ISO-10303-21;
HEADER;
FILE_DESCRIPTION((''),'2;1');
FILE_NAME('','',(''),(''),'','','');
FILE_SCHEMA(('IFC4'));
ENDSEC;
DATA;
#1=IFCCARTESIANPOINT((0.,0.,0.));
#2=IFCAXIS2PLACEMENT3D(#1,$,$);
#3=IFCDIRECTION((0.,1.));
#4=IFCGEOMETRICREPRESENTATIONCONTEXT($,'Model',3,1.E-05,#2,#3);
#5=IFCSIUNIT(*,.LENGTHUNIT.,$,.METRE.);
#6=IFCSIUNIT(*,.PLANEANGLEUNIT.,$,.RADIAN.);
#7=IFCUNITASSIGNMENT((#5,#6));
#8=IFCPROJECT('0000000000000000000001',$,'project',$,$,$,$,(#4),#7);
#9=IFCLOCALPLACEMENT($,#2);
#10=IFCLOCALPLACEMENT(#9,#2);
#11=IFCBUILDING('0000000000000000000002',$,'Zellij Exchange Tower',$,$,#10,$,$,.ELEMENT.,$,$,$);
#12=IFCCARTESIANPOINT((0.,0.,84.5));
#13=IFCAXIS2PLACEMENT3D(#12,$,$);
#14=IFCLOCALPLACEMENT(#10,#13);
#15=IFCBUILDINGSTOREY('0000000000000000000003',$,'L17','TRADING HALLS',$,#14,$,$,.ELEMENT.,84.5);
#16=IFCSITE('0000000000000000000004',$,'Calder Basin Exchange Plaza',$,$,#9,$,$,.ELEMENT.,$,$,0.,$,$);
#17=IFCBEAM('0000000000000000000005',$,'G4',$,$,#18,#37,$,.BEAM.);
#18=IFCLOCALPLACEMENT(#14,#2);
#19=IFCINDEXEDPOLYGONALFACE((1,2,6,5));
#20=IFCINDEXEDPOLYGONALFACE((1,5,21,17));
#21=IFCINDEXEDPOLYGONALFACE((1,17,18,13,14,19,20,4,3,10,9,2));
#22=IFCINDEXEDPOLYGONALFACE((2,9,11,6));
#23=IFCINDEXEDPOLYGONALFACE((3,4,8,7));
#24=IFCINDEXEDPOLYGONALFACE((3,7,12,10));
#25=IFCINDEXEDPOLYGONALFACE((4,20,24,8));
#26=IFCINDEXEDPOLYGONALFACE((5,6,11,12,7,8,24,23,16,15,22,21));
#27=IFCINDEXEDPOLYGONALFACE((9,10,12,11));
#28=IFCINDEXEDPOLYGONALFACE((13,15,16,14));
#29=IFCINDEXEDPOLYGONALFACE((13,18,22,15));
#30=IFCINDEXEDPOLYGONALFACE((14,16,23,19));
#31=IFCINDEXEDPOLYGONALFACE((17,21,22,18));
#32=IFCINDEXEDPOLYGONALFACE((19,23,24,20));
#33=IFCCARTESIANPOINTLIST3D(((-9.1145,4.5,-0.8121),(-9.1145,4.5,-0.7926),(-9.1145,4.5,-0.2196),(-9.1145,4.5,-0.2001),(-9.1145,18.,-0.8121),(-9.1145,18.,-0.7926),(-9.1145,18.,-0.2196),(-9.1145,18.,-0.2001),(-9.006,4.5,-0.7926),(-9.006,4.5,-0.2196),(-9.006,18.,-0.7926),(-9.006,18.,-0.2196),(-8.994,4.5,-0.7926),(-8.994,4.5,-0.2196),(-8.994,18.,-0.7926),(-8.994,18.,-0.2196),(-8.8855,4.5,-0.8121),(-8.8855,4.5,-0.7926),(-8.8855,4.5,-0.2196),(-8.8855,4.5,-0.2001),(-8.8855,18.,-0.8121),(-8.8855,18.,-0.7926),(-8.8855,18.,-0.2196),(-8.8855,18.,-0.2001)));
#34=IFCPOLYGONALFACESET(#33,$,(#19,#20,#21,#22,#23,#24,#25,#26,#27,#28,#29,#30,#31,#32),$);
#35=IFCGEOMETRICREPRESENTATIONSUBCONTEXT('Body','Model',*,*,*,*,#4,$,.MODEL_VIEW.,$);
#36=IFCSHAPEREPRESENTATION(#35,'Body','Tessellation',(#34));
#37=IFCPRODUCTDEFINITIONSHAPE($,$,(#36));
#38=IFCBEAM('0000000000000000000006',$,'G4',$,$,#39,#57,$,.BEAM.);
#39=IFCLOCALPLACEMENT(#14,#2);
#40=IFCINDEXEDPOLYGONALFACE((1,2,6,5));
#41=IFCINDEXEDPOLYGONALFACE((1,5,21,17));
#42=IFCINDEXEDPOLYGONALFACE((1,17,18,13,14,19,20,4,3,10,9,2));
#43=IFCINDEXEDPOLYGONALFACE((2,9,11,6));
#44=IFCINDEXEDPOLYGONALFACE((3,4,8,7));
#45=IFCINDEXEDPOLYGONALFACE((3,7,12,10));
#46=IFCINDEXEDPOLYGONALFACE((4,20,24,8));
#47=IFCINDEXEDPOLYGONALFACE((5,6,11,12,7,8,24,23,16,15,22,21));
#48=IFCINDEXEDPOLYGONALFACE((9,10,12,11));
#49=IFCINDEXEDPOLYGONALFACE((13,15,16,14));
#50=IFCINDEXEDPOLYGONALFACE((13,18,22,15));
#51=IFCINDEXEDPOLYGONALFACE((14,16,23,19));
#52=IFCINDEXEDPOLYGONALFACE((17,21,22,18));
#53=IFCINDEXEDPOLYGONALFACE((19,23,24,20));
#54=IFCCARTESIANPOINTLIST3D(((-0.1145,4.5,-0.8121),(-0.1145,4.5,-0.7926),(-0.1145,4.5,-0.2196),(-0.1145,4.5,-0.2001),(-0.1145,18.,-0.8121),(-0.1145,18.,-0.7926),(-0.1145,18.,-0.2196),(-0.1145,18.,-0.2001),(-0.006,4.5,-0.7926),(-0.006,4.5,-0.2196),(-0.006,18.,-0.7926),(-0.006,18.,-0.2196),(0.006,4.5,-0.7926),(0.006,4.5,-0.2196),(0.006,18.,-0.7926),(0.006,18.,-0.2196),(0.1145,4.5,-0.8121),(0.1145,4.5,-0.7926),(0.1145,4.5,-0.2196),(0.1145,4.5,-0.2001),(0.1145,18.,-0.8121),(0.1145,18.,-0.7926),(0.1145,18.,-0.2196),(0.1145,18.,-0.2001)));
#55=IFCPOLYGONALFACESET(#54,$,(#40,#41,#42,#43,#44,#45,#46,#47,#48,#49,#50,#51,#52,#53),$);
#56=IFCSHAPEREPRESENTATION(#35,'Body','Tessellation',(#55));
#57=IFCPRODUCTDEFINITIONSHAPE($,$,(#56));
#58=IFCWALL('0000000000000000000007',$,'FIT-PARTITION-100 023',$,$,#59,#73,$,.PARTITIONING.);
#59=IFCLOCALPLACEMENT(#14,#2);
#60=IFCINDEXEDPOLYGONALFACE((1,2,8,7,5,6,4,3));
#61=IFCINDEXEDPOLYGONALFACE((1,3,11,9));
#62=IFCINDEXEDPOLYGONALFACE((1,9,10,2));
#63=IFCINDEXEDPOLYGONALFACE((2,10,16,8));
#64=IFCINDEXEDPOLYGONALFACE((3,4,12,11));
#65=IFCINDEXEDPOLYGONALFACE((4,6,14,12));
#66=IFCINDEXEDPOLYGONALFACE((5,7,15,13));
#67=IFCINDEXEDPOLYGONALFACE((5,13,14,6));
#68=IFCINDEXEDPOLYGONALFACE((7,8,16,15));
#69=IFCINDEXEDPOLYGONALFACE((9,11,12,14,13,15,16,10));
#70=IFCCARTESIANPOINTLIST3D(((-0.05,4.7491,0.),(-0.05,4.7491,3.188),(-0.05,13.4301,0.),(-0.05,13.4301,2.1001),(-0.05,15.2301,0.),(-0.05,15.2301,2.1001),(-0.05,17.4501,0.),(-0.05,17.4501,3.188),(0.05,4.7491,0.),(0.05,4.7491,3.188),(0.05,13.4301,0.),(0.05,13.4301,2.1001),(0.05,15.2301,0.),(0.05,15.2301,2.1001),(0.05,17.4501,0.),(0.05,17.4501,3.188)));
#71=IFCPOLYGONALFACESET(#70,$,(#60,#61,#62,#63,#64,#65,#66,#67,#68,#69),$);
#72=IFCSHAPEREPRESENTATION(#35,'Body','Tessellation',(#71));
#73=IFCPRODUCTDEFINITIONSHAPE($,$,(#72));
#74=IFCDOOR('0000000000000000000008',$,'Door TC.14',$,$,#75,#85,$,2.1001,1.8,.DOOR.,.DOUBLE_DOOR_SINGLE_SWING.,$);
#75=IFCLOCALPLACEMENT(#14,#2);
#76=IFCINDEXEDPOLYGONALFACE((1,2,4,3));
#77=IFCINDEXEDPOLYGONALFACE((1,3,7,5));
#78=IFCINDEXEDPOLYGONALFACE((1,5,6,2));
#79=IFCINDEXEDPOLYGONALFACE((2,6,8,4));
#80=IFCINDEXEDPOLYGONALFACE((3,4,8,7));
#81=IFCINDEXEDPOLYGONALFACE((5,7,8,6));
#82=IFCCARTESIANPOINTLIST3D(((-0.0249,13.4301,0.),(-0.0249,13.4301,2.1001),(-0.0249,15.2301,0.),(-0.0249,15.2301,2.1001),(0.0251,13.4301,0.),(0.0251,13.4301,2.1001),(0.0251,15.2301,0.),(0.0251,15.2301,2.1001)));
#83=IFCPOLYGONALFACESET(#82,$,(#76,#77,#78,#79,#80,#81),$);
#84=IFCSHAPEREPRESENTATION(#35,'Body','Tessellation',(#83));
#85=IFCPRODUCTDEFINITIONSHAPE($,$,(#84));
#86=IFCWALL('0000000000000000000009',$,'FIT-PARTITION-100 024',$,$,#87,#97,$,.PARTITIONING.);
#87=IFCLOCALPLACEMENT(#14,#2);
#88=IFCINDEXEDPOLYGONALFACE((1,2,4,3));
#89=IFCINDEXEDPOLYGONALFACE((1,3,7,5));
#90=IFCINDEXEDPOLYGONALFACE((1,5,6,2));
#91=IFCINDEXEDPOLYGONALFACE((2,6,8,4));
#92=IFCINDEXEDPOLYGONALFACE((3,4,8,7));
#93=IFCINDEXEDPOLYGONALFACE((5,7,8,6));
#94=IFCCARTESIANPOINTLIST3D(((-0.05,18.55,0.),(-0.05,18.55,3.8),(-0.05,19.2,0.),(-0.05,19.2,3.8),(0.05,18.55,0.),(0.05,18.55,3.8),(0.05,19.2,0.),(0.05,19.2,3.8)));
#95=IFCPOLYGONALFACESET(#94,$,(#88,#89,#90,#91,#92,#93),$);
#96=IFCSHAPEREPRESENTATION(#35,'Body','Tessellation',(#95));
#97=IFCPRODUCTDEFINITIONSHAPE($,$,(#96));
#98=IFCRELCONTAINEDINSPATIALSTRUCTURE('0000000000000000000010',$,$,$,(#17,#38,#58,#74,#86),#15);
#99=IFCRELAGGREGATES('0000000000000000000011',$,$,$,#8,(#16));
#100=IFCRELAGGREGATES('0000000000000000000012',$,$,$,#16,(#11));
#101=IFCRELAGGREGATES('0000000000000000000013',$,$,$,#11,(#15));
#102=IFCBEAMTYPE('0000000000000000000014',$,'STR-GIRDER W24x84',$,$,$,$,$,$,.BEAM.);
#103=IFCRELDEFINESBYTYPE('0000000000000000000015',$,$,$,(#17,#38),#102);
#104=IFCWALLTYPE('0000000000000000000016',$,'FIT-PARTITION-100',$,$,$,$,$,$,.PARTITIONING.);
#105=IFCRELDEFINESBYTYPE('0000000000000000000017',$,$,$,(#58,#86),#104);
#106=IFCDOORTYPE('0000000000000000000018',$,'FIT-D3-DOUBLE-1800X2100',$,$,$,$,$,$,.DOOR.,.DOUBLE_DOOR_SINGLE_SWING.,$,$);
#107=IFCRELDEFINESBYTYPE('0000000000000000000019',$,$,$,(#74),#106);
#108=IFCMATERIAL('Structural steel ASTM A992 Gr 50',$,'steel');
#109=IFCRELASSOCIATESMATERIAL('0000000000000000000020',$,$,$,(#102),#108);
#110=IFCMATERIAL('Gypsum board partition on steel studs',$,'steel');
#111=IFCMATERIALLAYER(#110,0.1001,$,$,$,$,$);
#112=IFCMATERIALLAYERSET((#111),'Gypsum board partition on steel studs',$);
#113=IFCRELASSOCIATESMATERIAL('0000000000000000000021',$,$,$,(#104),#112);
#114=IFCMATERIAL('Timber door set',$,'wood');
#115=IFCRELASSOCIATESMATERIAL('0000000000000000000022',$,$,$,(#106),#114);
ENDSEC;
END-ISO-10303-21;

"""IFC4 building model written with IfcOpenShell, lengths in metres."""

from ifc_helpers import new_model, si_unit, direction, frame, frame_2d, origin, origin_2d, place, context, subcontext, project, spatial, rectangle, i_section, extrude, material, layer, layer_set, material_profile, profile_set, type_object, element, fill, save


model = new_model("IFC4")

# Units and contexts
model_context = context("Model", 3, precision=1e-05, world=origin(), true_north=direction((0.0, 1.0)))
body_context = subcontext(model_context, "Body", "Model", "MODEL_VIEW")
ifc_project = project(units=[si_unit("LENGTHUNIT", "METRE"), si_unit("PLANEANGLEUNIT", "RADIAN")], contexts=[model_context])

# Site, building, storey
site_placement = place(None, origin())
site = spatial("IfcSite", under=ifc_project, at=site_placement, Name="Calder Basin Exchange Plaza", CompositionType="ELEMENT", RefElevation=0.0)
building_placement = place(site_placement, origin())
building = spatial("IfcBuilding", under=site, at=building_placement, Name="Zellij Exchange Tower", CompositionType="ELEMENT")
storey_placement = place(building_placement, frame((0.0, 0.0, 84.5)))
storey = spatial("IfcBuildingStorey", under=building, at=storey_placement, Name="L17", Description="TRADING HALLS", CompositionType="ELEMENT", Elevation=84.5)

# Beams
ifc_material_1 = material(Name="Structural steel ASTM A992 Gr 50", Category="steel")
ifc_material_profile_1 = material_profile(ifc_material_1, i_section(OverallWidth=0.229, OverallDepth=0.6121, WebThickness=0.012, FlangeThickness=0.0195, at=origin_2d()), Name="W24x84")
ifc_profile_set_1 = profile_set([ifc_material_profile_1], Name="Structural steel ASTM A992 Gr 50")
beam_type = type_object("IfcBeamType", Name="STR-GIRDER W24x84", PredefinedType="BEAM", material=ifc_profile_set_1)
for number, where, z_axis, x_axis, name in (
    (1, (-9.0, 4.5, -0.5061), (0.0, 1.0, 0.0), (-1.0, 0.0, 0.0), "G4"),
    (2, (0.0, 4.5, -0.5061), (0.0, 1.0, 0.0), (-1.0, 0.0, 0.0), "G4"),
):
    element("IfcBeam", number, at=place(storey_placement, frame(where, z_axis=z_axis, x_axis=x_axis)), inside=storey, type_object=beam_type, Name=name, PredefinedType="BEAM", context=body_context, shape_type="SweptSolid", body=[
        extrude(i_section(OverallWidth=0.229, OverallDepth=0.6121, WebThickness=0.012, FlangeThickness=0.0195, at=origin_2d()), origin(), (0.0, 0.0, 1.0), 13.5),
    ])

# Wall, opening, door
ifc_material_2 = material(Name="Gypsum board partition on steel studs", Category="steel")
ifc_layer_1 = layer(ifc_material_2, 0.1001)
ifc_layer_set_1 = layer_set([ifc_layer_1], Name="Gypsum board partition on steel studs")
wall_type = type_object("IfcWallType", Name="FIT-PARTITION-100", PredefinedType="PARTITIONING", material=ifc_layer_set_1)
wall_1_placement = place(storey_placement, frame((0.0, 4.749, 0.0), z_axis=(0.0, 0.0, 1.0), x_axis=(0.0, 1.0, 0.0)))
wall_1 = element("IfcWall", 3, at=wall_1_placement, inside=storey, type_object=wall_type, Name="FIT-PARTITION-100 023", PredefinedType="PARTITIONING", context=body_context, shape_type="SweptSolid", body=[
    extrude(rectangle(XDim=12.7009, YDim=0.1001, at=frame_2d((6.3506, 0.0))), origin(), (0.0, 0.0, 1.0), 3.188),
])
opening_placement = place(wall_1_placement, frame((8.6812, 0.0, 0.0)))
opening = element("IfcOpeningElement", 4, at=opening_placement, cuts=wall_1, PredefinedType="OPENING", context=body_context, shape_type="SweptSolid", body=[
    extrude(rectangle(XDim=1.8, YDim=2.1001, at=frame_2d((0.8999, 1.05))), frame((0.0, 0.062, 0.0), z_axis=(0.0, -1.0, 0.0), x_axis=(1.0, 0.0, 0.0)), (0.0, 0.0, 1.0), 0.124),
])
ifc_material_3 = material(Name="Timber door set", Category="wood")
door_type = type_object("IfcDoorType", Name="FIT-D3-DOUBLE-1800X2100", OperationType="DOUBLE_DOOR_SINGLE_SWING", PredefinedType="DOOR", material=ifc_material_3)
door_placement = place(opening_placement, origin())
door = element("IfcDoor", 5, at=door_placement, inside=storey, type_object=door_type, Name="Door TC.14", OperationType="DOUBLE_DOOR_SINGLE_SWING", OverallHeight=2.1001, OverallWidth=1.8, PredefinedType="DOOR", context=body_context, shape_type="SweptSolid", body=[
    extrude(rectangle(XDim=1.8, YDim=2.1001, at=frame_2d((0.8999, 1.05))), frame((0.0, 0.0249, 0.0), z_axis=(0.0, -1.0, 0.0), x_axis=(1.0, 0.0, 0.0)), (0.0, 0.0, 1.0), 0.05),
])
fill(opening, door)

# Wall
wall_2_placement = place(storey_placement, frame((0.0, 18.55, 0.0), z_axis=(0.0, 0.0, 1.0), x_axis=(0.0, 1.0, 0.0)))
element("IfcWall", 6, at=wall_2_placement, inside=storey, type_object=wall_type, Name="FIT-PARTITION-100 024", PredefinedType="PARTITIONING", context=body_context, shape_type="SweptSolid", body=[
    extrude(rectangle(XDim=0.6499, YDim=0.1001, at=frame_2d((0.325, 0.0))), origin(), (0.0, 0.0, 1.0), 3.8),
])

save(model, "model.ifc")
